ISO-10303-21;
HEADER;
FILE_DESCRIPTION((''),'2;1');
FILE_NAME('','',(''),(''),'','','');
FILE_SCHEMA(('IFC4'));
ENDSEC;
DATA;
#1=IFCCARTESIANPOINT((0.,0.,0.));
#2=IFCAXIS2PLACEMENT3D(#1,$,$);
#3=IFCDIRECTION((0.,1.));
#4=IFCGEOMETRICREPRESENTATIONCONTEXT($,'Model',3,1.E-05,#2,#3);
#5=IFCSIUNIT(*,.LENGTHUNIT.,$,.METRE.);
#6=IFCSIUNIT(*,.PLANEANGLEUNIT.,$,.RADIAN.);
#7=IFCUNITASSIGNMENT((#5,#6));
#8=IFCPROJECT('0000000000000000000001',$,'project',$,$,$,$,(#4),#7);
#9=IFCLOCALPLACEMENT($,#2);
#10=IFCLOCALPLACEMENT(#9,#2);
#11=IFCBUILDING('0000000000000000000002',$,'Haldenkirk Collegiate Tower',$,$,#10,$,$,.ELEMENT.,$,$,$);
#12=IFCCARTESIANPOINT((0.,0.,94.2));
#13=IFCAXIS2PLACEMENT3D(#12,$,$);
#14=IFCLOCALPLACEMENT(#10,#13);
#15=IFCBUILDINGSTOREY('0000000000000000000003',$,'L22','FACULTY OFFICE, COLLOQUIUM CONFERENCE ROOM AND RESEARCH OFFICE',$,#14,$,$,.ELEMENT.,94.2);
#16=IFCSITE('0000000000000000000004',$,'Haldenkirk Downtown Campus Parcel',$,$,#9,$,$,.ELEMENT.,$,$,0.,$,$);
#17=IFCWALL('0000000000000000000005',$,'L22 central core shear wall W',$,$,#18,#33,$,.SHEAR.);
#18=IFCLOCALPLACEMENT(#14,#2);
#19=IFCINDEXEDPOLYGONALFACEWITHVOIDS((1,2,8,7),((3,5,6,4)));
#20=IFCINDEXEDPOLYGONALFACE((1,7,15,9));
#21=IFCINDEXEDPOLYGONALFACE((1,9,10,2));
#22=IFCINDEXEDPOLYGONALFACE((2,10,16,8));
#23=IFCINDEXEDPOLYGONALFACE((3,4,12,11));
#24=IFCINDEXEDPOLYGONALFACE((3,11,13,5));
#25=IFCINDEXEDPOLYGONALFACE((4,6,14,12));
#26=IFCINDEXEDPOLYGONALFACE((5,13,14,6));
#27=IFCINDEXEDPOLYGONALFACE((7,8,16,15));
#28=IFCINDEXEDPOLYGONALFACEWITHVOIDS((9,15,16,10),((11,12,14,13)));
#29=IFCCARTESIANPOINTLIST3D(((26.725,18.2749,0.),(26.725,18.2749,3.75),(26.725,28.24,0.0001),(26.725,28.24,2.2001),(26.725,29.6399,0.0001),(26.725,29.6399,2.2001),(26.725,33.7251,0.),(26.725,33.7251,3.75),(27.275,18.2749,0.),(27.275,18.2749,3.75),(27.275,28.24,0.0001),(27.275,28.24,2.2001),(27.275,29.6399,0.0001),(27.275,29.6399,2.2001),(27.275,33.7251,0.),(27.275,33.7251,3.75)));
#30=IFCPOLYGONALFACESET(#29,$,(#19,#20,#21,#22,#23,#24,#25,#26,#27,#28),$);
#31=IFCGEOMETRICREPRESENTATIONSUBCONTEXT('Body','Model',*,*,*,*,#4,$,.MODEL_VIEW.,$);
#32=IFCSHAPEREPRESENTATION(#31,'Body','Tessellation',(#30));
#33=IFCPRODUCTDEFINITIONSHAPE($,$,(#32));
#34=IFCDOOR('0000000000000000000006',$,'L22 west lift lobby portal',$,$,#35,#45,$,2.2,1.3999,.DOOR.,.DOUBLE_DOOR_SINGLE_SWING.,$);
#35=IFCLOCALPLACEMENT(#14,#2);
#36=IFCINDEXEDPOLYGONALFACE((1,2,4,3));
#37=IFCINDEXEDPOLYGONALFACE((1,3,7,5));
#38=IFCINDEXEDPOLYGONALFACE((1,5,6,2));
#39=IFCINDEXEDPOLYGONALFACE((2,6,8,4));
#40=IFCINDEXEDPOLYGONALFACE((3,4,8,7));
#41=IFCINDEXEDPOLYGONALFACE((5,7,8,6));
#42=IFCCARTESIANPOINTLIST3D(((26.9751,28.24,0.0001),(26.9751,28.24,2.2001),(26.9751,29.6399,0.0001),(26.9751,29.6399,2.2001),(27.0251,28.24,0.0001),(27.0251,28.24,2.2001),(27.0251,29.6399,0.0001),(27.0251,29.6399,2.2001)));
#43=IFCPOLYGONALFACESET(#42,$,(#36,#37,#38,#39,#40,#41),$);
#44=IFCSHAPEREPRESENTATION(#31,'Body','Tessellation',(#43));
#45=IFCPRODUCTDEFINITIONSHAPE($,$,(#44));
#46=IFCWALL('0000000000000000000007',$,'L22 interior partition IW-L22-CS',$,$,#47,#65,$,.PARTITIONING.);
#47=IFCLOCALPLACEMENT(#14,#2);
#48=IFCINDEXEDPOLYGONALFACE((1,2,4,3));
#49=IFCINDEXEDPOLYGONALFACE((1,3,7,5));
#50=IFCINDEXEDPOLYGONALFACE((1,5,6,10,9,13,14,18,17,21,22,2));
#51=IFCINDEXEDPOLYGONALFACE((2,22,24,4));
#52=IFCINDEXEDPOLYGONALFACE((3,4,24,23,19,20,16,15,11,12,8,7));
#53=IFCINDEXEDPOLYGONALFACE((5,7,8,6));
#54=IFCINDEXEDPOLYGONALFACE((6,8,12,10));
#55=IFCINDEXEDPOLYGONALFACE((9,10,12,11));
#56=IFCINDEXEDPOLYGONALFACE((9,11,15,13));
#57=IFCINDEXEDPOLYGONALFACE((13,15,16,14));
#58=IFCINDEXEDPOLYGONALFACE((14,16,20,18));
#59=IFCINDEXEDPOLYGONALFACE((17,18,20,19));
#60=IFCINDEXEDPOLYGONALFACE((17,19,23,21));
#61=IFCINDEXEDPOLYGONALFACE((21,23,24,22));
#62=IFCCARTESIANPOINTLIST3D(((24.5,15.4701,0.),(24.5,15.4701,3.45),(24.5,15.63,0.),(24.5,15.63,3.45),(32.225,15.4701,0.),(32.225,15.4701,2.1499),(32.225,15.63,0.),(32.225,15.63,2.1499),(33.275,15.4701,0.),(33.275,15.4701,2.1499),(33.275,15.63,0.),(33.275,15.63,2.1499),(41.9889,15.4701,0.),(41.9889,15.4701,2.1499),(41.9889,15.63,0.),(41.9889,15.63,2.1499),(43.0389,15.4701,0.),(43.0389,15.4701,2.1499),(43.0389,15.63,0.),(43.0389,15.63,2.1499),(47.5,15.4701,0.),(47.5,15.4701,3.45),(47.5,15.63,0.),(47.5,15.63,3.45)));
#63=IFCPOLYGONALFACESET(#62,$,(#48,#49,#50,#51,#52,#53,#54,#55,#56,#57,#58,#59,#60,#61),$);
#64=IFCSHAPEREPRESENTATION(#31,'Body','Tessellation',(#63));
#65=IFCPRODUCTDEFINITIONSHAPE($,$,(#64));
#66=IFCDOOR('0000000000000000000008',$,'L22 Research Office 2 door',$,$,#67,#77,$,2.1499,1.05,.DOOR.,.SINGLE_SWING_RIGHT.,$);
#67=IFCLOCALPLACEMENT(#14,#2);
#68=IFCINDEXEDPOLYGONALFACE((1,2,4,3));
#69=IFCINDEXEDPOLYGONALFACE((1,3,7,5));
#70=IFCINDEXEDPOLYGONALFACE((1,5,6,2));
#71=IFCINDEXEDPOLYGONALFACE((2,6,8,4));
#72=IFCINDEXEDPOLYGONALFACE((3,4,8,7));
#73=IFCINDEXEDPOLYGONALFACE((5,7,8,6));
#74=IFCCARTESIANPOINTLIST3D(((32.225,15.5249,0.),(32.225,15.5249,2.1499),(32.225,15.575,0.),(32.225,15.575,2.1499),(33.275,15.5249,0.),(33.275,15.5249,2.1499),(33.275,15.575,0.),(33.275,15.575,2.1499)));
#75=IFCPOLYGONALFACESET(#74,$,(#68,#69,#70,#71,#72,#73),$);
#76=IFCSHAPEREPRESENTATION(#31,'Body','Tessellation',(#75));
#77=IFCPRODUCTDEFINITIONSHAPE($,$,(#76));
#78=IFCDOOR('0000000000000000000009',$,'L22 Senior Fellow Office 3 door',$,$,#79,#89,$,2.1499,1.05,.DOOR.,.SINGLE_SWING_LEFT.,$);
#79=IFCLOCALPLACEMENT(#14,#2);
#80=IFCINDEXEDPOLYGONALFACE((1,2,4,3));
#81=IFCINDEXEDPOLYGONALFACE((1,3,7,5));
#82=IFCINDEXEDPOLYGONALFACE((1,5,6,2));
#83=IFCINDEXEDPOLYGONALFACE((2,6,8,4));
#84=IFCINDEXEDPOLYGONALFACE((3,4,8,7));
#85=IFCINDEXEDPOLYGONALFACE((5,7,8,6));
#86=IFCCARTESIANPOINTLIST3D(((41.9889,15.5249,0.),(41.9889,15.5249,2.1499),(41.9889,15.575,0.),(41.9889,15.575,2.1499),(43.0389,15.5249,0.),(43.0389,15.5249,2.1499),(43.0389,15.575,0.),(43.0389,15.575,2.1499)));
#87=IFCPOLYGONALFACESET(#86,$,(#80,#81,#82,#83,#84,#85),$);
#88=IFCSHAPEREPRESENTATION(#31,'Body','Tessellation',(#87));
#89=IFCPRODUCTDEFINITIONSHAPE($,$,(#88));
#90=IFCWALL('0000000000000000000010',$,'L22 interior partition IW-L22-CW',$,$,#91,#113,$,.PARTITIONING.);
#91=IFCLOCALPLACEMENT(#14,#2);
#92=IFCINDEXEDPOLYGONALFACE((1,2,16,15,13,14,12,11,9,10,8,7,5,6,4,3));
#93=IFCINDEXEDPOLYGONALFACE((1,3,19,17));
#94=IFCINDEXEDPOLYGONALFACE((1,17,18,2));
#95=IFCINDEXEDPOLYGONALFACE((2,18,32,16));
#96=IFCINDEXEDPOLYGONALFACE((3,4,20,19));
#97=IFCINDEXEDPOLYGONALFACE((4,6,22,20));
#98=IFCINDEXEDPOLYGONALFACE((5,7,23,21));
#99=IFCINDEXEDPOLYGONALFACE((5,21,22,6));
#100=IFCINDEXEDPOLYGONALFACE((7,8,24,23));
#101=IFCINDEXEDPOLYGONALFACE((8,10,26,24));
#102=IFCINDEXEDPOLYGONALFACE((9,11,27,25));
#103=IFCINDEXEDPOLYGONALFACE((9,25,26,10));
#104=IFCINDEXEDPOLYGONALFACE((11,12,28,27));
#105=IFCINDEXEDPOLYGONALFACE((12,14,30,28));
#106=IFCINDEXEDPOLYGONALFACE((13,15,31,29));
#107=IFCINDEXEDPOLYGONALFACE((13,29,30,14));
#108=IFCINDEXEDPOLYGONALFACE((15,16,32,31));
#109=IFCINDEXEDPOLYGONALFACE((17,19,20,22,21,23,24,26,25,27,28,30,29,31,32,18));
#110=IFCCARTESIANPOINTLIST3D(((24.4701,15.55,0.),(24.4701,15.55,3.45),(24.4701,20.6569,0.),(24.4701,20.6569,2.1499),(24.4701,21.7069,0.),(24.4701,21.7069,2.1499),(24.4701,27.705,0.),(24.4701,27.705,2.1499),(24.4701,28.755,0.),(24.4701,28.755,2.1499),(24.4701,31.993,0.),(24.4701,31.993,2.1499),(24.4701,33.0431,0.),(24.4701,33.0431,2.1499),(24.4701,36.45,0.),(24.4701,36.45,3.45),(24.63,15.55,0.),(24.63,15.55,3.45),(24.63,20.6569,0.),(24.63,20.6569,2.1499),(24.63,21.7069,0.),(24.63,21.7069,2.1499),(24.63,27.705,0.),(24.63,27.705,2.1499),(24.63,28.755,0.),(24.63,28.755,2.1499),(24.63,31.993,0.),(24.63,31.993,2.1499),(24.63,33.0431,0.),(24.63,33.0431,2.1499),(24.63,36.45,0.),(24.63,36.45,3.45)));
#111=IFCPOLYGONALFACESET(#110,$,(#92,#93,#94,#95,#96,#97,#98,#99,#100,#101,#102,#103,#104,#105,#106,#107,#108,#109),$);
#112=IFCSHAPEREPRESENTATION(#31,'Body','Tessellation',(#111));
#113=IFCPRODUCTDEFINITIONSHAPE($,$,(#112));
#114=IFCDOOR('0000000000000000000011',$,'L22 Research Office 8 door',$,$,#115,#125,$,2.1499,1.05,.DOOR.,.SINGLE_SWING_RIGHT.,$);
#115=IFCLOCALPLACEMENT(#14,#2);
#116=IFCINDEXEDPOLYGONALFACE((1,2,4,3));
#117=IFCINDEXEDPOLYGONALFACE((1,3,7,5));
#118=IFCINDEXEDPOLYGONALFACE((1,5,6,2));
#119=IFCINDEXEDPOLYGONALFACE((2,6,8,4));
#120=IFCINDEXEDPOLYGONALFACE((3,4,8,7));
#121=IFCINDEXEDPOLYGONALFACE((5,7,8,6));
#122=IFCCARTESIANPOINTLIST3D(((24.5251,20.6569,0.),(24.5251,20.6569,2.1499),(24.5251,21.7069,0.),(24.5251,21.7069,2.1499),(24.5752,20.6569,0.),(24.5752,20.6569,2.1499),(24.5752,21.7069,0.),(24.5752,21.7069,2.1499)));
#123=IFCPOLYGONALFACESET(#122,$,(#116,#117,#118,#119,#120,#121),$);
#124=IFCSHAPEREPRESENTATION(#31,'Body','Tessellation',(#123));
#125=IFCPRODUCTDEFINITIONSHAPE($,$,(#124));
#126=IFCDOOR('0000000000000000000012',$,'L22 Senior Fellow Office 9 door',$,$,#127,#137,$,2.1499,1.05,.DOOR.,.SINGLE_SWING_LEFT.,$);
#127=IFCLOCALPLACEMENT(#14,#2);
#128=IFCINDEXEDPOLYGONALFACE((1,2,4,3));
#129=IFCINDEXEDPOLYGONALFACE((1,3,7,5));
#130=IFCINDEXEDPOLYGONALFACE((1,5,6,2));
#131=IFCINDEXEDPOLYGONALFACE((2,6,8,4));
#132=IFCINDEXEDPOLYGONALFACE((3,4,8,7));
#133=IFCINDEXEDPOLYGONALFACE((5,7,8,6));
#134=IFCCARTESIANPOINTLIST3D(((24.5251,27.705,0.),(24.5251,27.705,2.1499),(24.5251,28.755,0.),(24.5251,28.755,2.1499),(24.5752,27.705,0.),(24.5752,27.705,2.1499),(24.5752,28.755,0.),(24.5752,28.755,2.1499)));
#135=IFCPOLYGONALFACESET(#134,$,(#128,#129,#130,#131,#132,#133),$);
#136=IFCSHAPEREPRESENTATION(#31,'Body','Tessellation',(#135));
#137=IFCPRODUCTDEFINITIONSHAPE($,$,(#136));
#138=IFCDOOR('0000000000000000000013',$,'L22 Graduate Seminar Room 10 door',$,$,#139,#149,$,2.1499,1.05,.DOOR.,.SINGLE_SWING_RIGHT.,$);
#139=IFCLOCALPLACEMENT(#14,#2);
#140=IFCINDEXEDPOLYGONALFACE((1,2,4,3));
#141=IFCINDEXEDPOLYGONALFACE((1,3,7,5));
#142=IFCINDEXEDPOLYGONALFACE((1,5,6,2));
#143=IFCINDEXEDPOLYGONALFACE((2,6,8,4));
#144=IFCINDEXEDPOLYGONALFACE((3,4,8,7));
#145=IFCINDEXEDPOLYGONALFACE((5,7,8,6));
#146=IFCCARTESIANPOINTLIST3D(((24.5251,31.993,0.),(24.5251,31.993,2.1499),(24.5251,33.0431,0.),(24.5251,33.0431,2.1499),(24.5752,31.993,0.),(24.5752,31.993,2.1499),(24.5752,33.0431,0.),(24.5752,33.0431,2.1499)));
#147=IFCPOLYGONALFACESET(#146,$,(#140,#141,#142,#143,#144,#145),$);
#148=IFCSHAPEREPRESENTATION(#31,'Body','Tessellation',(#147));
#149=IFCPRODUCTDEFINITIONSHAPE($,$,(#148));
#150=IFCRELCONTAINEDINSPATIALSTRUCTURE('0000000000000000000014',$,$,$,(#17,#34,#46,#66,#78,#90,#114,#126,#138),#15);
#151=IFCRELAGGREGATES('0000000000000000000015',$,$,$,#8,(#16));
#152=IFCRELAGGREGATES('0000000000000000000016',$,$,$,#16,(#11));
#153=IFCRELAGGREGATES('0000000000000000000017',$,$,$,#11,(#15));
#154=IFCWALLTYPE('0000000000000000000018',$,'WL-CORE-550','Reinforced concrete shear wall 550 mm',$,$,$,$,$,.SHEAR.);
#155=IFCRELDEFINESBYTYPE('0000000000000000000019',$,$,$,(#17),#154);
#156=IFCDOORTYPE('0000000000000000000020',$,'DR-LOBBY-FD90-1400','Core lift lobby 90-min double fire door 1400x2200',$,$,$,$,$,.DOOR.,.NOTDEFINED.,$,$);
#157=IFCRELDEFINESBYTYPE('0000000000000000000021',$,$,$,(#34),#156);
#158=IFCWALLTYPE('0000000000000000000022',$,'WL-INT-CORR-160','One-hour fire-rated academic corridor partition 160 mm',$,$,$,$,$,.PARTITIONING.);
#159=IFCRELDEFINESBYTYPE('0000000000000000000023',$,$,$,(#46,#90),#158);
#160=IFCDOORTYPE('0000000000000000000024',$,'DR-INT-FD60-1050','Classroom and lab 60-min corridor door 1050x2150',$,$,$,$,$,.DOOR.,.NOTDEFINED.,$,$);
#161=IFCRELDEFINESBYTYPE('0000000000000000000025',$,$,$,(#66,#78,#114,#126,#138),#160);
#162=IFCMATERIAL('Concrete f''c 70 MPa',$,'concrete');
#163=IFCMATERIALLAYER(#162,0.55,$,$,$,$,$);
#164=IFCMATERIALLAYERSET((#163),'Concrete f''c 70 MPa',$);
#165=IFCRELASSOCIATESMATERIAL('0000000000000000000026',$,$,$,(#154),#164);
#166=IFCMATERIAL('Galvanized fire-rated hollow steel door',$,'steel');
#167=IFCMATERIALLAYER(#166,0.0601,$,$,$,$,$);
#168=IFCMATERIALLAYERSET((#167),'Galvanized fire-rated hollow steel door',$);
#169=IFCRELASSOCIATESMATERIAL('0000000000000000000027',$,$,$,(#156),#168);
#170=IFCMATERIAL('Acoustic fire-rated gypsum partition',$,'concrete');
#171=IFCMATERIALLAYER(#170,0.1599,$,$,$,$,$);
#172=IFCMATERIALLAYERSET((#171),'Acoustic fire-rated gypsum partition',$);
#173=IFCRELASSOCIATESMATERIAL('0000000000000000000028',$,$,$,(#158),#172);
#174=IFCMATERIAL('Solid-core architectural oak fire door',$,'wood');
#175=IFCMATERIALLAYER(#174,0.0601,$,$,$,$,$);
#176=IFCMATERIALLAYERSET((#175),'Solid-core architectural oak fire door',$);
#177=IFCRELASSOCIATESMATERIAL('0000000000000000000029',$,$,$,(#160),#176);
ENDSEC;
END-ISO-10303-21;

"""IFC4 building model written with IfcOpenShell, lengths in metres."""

from ifc_helpers import new_model, si_unit, direction, frame, frame_2d, origin, place, context, subcontext, project, spatial, rectangle, extrude, material, layer, layer_set, type_object, element, fill, save


model = new_model("IFC4")

# Units and contexts
model_context = context("Model", 3, precision=1e-05, world=origin(), true_north=direction((0.0, 1.0)))
body_context = subcontext(model_context, "Body", "Model", "MODEL_VIEW")
ifc_project = project(units=[si_unit("LENGTHUNIT", "METRE"), si_unit("PLANEANGLEUNIT", "RADIAN")], contexts=[model_context])

# Site, building, storey
site_placement = place(None, origin())
site = spatial("IfcSite", under=ifc_project, at=site_placement, Name="Haldenkirk Downtown Campus Parcel", CompositionType="ELEMENT", RefElevation=0.0)
building_placement = place(site_placement, origin())
building = spatial("IfcBuilding", under=site, at=building_placement, Name="Haldenkirk Collegiate Tower", CompositionType="ELEMENT")
storey_placement = place(building_placement, frame((0.0, 0.0, 94.2)))
storey = spatial("IfcBuildingStorey", under=building, at=storey_placement, Name="L22", Description="FACULTY OFFICE, COLLOQUIUM CONFERENCE ROOM AND RESEARCH OFFICE", CompositionType="ELEMENT", Elevation=94.2)

# Shared definitions
ifc_material_1 = material(Name="Concrete f'c 70 MPa", Category="concrete")
ifc_layer_1 = layer(ifc_material_1, 0.55)
ifc_layer_set_1 = layer_set([ifc_layer_1], Name="Concrete f'c 70 MPa")
wall_type_1 = type_object("IfcWallType", Name="WL-CORE-550", Description="Reinforced concrete shear wall 550 mm", PredefinedType="SHEAR", material=ifc_layer_set_1)
ifc_material_2 = material(Name="Galvanized fire-rated hollow steel door", Category="steel")

# Wall, opening, door
wall_1_placement = place(storey_placement, frame((27.0, 18.2749, 0.0), z_axis=(0.0, 0.0, 1.0), x_axis=(0.0, 1.0, 0.0)))
wall_1 = element("IfcWall", 1, at=wall_1_placement, inside=storey, type_object=wall_type_1, Name="L22 central core shear wall W", PredefinedType="SHEAR", context=body_context, shape_type="SweptSolid", body=[
    extrude(rectangle(XDim=15.4502, YDim=0.55, at=frame_2d((7.7251, 0.0))), origin(), (0.0, 0.0, 1.0), 3.75),
])
opening_1_placement = place(wall_1_placement, frame((9.9651, 0.0, 0.0)))
opening_1 = element("IfcOpeningElement", 2, at=opening_1_placement, cuts=wall_1, PredefinedType="OPENING", context=body_context, shape_type="SweptSolid", body=[
    extrude(rectangle(XDim=1.3999, YDim=2.2, at=frame_2d((0.7, 1.1001))), frame((0.0, 0.2849, 0.0), z_axis=(0.0, -1.0, 0.0), x_axis=(1.0, 0.0, 0.0)), (0.0, 0.0, 1.0), 0.5701),
])
ifc_layer_2 = layer(ifc_material_2, 0.0601)
ifc_layer_set_2 = layer_set([ifc_layer_2], Name="Galvanized fire-rated hollow steel door")
door_type_1 = type_object("IfcDoorType", Name="DR-LOBBY-FD90-1400", Description="Core lift lobby 90-min double fire door 1400x2200", OperationType="NOTDEFINED", PredefinedType="DOOR", material=ifc_layer_set_2)
door_1_placement = place(opening_1_placement, origin())
door_1 = element("IfcDoor", 3, at=door_1_placement, inside=storey, type_object=door_type_1, Name="L22 west lift lobby portal", OperationType="DOUBLE_DOOR_SINGLE_SWING", OverallHeight=2.2, OverallWidth=1.3999, PredefinedType="DOOR", context=body_context, shape_type="SweptSolid", body=[
    extrude(rectangle(XDim=1.3999, YDim=2.2, at=frame_2d((0.7, 1.1001))), frame((0.0, 0.0249, 0.0), z_axis=(0.0, -1.0, 0.0), x_axis=(1.0, 0.0, 0.0)), (0.0, 0.0, 1.0), 0.05),
])
fill(opening_1, door_1)

# Walls, openings, doors
ifc_material_3 = material(Name="Acoustic fire-rated gypsum partition", Category="concrete")
ifc_layer_3 = layer(ifc_material_3, 0.1599)
ifc_layer_set_3 = layer_set([ifc_layer_3], Name="Acoustic fire-rated gypsum partition")
wall_type_2 = type_object("IfcWallType", Name="WL-INT-CORR-160", Description="One-hour fire-rated academic corridor partition 160 mm", PredefinedType="PARTITIONING", material=ifc_layer_set_3)
wall_2_placement = place(storey_placement, frame((24.5, 15.55, 0.0), z_axis=(0.0, 0.0, 1.0), x_axis=(1.0, 0.0, 0.0)))
wall_2 = element("IfcWall", 4, at=wall_2_placement, inside=storey, type_object=wall_type_2, Name="L22 interior partition IW-L22-CS", PredefinedType="PARTITIONING", context=body_context, shape_type="SweptSolid", body=[
    extrude(rectangle(XDim=23.0, YDim=0.1599, at=frame_2d((11.5, 0.0))), origin(), (0.0, 0.0, 1.0), 3.45),
])
opening_2_placement = place(wall_2_placement, frame((7.7251, 0.0, 0.0)))
opening_2 = element("IfcOpeningElement", 5, at=opening_2_placement, cuts=wall_2, PredefinedType="OPENING", context=body_context, shape_type="SweptSolid", body=[
    extrude(rectangle(XDim=1.05, YDim=2.1499, at=frame_2d((0.5249, 1.075))), frame((0.0, 0.0898, 0.0), z_axis=(0.0, -1.0, 0.0), x_axis=(1.0, 0.0, 0.0)), (0.0, 0.0, 1.0), 0.1799),
])
opening_3_placement = place(wall_2_placement, frame((17.489, 0.0, 0.0)))
opening_3 = element("IfcOpeningElement", 6, at=opening_3_placement, cuts=wall_2, PredefinedType="OPENING", context=body_context, shape_type="SweptSolid", body=[
    extrude(rectangle(XDim=1.05, YDim=2.1499, at=frame_2d((0.5249, 1.075))), frame((0.0, 0.0898, 0.0), z_axis=(0.0, -1.0, 0.0), x_axis=(1.0, 0.0, 0.0)), (0.0, 0.0, 1.0), 0.1799),
])
ifc_material_4 = material(Name="Solid-core architectural oak fire door", Category="wood")
ifc_layer_4 = layer(ifc_material_4, 0.0601)
ifc_layer_set_4 = layer_set([ifc_layer_4], Name="Solid-core architectural oak fire door")
door_type_2 = type_object("IfcDoorType", Name="DR-INT-FD60-1050", Description="Classroom and lab 60-min corridor door 1050x2150", OperationType="NOTDEFINED", PredefinedType="DOOR", material=ifc_layer_set_4)
door_2_placement = place(opening_2_placement, origin())
door_2 = element("IfcDoor", 7, at=door_2_placement, inside=storey, type_object=door_type_2, Name="L22 Research Office 2 door", OperationType="SINGLE_SWING_RIGHT", OverallHeight=2.1499, OverallWidth=1.05, PredefinedType="DOOR", context=body_context, shape_type="SweptSolid", body=[
    extrude(rectangle(XDim=1.05, YDim=2.1499, at=frame_2d((0.5249, 1.075))), frame((0.0, 0.0249, 0.0), z_axis=(0.0, -1.0, 0.0), x_axis=(1.0, 0.0, 0.0)), (0.0, 0.0, 1.0), 0.05),
])
fill(opening_2, door_2)
door_3_placement = place(opening_3_placement, origin())
door_3 = element("IfcDoor", 8, at=door_3_placement, inside=storey, type_object=door_type_2, Name="L22 Senior Fellow Office 3 door", OperationType="SINGLE_SWING_LEFT", OverallHeight=2.1499, OverallWidth=1.05, PredefinedType="DOOR", context=body_context, shape_type="SweptSolid", body=[
    extrude(rectangle(XDim=1.05, YDim=2.1499, at=frame_2d((0.5249, 1.075))), frame((0.0, 0.0249, 0.0), z_axis=(0.0, -1.0, 0.0), x_axis=(1.0, 0.0, 0.0)), (0.0, 0.0, 1.0), 0.05),
])
fill(opening_3, door_3)
wall_3_placement = place(storey_placement, frame((24.55, 15.55, 0.0), z_axis=(0.0, 0.0, 1.0), x_axis=(0.0, 1.0, 0.0)))
wall_3 = element("IfcWall", 9, at=wall_3_placement, inside=storey, type_object=wall_type_2, Name="L22 interior partition IW-L22-CW", PredefinedType="PARTITIONING", context=body_context, shape_type="SweptSolid", body=[
    extrude(rectangle(XDim=20.8999, YDim=0.1599, at=frame_2d((10.45, 0.0))), origin(), (0.0, 0.0, 1.0), 3.45),
])
opening_4_placement = place(wall_3_placement, frame((5.1069, 0.0, 0.0)))
opening_4 = element("IfcOpeningElement", 10, at=opening_4_placement, cuts=wall_3, PredefinedType="OPENING", context=body_context, shape_type="SweptSolid", body=[
    extrude(rectangle(XDim=1.05, YDim=2.1499, at=frame_2d((0.5249, 1.075))), frame((0.0, 0.0898, 0.0), z_axis=(0.0, -1.0, 0.0), x_axis=(1.0, 0.0, 0.0)), (0.0, 0.0, 1.0), 0.1799),
])
opening_5_placement = place(wall_3_placement, frame((12.155, 0.0, 0.0)))
opening_5 = element("IfcOpeningElement", 11, at=opening_5_placement, cuts=wall_3, PredefinedType="OPENING", context=body_context, shape_type="SweptSolid", body=[
    extrude(rectangle(XDim=1.05, YDim=2.1499, at=frame_2d((0.5249, 1.075))), frame((0.0, 0.0898, 0.0), z_axis=(0.0, -1.0, 0.0), x_axis=(1.0, 0.0, 0.0)), (0.0, 0.0, 1.0), 0.1799),
])
opening_6_placement = place(wall_3_placement, frame((16.4431, 0.0, 0.0)))
opening_6 = element("IfcOpeningElement", 12, at=opening_6_placement, cuts=wall_3, PredefinedType="OPENING", context=body_context, shape_type="SweptSolid", body=[
    extrude(rectangle(XDim=1.05, YDim=2.1499, at=frame_2d((0.5249, 1.075))), frame((0.0, 0.0898, 0.0), z_axis=(0.0, -1.0, 0.0), x_axis=(1.0, 0.0, 0.0)), (0.0, 0.0, 1.0), 0.1799),
])
door_4_placement = place(opening_4_placement, origin())
door_4 = element("IfcDoor", 13, at=door_4_placement, inside=storey, type_object=door_type_2, Name="L22 Research Office 8 door", OperationType="SINGLE_SWING_RIGHT", OverallHeight=2.1499, OverallWidth=1.05, PredefinedType="DOOR", context=body_context, shape_type="SweptSolid", body=[
    extrude(rectangle(XDim=1.05, YDim=2.1499, at=frame_2d((0.5249, 1.075))), frame((0.0, 0.0249, 0.0), z_axis=(0.0, -1.0, 0.0), x_axis=(1.0, 0.0, 0.0)), (0.0, 0.0, 1.0), 0.05),
])
fill(opening_4, door_4)
door_5_placement = place(opening_5_placement, origin())
door_5 = element("IfcDoor", 14, at=door_5_placement, inside=storey, type_object=door_type_2, Name="L22 Senior Fellow Office 9 door", OperationType="SINGLE_SWING_LEFT", OverallHeight=2.1499, OverallWidth=1.05, PredefinedType="DOOR", context=body_context, shape_type="SweptSolid", body=[
    extrude(rectangle(XDim=1.05, YDim=2.1499, at=frame_2d((0.5249, 1.075))), frame((0.0, 0.0249, 0.0), z_axis=(0.0, -1.0, 0.0), x_axis=(1.0, 0.0, 0.0)), (0.0, 0.0, 1.0), 0.05),
])
fill(opening_5, door_5)
door_6_placement = place(opening_6_placement, origin())
door_6 = element("IfcDoor", 15, at=door_6_placement, inside=storey, type_object=door_type_2, Name="L22 Graduate Seminar Room 10 door", OperationType="SINGLE_SWING_RIGHT", OverallHeight=2.1499, OverallWidth=1.05, PredefinedType="DOOR", context=body_context, shape_type="SweptSolid", body=[
    extrude(rectangle(XDim=1.05, YDim=2.1499, at=frame_2d((0.5249, 1.075))), frame((0.0, 0.0249, 0.0), z_axis=(0.0, -1.0, 0.0), x_axis=(1.0, 0.0, 0.0)), (0.0, 0.0, 1.0), 0.05),
])
fill(opening_6, door_6)

save(model, "model.ifc")
